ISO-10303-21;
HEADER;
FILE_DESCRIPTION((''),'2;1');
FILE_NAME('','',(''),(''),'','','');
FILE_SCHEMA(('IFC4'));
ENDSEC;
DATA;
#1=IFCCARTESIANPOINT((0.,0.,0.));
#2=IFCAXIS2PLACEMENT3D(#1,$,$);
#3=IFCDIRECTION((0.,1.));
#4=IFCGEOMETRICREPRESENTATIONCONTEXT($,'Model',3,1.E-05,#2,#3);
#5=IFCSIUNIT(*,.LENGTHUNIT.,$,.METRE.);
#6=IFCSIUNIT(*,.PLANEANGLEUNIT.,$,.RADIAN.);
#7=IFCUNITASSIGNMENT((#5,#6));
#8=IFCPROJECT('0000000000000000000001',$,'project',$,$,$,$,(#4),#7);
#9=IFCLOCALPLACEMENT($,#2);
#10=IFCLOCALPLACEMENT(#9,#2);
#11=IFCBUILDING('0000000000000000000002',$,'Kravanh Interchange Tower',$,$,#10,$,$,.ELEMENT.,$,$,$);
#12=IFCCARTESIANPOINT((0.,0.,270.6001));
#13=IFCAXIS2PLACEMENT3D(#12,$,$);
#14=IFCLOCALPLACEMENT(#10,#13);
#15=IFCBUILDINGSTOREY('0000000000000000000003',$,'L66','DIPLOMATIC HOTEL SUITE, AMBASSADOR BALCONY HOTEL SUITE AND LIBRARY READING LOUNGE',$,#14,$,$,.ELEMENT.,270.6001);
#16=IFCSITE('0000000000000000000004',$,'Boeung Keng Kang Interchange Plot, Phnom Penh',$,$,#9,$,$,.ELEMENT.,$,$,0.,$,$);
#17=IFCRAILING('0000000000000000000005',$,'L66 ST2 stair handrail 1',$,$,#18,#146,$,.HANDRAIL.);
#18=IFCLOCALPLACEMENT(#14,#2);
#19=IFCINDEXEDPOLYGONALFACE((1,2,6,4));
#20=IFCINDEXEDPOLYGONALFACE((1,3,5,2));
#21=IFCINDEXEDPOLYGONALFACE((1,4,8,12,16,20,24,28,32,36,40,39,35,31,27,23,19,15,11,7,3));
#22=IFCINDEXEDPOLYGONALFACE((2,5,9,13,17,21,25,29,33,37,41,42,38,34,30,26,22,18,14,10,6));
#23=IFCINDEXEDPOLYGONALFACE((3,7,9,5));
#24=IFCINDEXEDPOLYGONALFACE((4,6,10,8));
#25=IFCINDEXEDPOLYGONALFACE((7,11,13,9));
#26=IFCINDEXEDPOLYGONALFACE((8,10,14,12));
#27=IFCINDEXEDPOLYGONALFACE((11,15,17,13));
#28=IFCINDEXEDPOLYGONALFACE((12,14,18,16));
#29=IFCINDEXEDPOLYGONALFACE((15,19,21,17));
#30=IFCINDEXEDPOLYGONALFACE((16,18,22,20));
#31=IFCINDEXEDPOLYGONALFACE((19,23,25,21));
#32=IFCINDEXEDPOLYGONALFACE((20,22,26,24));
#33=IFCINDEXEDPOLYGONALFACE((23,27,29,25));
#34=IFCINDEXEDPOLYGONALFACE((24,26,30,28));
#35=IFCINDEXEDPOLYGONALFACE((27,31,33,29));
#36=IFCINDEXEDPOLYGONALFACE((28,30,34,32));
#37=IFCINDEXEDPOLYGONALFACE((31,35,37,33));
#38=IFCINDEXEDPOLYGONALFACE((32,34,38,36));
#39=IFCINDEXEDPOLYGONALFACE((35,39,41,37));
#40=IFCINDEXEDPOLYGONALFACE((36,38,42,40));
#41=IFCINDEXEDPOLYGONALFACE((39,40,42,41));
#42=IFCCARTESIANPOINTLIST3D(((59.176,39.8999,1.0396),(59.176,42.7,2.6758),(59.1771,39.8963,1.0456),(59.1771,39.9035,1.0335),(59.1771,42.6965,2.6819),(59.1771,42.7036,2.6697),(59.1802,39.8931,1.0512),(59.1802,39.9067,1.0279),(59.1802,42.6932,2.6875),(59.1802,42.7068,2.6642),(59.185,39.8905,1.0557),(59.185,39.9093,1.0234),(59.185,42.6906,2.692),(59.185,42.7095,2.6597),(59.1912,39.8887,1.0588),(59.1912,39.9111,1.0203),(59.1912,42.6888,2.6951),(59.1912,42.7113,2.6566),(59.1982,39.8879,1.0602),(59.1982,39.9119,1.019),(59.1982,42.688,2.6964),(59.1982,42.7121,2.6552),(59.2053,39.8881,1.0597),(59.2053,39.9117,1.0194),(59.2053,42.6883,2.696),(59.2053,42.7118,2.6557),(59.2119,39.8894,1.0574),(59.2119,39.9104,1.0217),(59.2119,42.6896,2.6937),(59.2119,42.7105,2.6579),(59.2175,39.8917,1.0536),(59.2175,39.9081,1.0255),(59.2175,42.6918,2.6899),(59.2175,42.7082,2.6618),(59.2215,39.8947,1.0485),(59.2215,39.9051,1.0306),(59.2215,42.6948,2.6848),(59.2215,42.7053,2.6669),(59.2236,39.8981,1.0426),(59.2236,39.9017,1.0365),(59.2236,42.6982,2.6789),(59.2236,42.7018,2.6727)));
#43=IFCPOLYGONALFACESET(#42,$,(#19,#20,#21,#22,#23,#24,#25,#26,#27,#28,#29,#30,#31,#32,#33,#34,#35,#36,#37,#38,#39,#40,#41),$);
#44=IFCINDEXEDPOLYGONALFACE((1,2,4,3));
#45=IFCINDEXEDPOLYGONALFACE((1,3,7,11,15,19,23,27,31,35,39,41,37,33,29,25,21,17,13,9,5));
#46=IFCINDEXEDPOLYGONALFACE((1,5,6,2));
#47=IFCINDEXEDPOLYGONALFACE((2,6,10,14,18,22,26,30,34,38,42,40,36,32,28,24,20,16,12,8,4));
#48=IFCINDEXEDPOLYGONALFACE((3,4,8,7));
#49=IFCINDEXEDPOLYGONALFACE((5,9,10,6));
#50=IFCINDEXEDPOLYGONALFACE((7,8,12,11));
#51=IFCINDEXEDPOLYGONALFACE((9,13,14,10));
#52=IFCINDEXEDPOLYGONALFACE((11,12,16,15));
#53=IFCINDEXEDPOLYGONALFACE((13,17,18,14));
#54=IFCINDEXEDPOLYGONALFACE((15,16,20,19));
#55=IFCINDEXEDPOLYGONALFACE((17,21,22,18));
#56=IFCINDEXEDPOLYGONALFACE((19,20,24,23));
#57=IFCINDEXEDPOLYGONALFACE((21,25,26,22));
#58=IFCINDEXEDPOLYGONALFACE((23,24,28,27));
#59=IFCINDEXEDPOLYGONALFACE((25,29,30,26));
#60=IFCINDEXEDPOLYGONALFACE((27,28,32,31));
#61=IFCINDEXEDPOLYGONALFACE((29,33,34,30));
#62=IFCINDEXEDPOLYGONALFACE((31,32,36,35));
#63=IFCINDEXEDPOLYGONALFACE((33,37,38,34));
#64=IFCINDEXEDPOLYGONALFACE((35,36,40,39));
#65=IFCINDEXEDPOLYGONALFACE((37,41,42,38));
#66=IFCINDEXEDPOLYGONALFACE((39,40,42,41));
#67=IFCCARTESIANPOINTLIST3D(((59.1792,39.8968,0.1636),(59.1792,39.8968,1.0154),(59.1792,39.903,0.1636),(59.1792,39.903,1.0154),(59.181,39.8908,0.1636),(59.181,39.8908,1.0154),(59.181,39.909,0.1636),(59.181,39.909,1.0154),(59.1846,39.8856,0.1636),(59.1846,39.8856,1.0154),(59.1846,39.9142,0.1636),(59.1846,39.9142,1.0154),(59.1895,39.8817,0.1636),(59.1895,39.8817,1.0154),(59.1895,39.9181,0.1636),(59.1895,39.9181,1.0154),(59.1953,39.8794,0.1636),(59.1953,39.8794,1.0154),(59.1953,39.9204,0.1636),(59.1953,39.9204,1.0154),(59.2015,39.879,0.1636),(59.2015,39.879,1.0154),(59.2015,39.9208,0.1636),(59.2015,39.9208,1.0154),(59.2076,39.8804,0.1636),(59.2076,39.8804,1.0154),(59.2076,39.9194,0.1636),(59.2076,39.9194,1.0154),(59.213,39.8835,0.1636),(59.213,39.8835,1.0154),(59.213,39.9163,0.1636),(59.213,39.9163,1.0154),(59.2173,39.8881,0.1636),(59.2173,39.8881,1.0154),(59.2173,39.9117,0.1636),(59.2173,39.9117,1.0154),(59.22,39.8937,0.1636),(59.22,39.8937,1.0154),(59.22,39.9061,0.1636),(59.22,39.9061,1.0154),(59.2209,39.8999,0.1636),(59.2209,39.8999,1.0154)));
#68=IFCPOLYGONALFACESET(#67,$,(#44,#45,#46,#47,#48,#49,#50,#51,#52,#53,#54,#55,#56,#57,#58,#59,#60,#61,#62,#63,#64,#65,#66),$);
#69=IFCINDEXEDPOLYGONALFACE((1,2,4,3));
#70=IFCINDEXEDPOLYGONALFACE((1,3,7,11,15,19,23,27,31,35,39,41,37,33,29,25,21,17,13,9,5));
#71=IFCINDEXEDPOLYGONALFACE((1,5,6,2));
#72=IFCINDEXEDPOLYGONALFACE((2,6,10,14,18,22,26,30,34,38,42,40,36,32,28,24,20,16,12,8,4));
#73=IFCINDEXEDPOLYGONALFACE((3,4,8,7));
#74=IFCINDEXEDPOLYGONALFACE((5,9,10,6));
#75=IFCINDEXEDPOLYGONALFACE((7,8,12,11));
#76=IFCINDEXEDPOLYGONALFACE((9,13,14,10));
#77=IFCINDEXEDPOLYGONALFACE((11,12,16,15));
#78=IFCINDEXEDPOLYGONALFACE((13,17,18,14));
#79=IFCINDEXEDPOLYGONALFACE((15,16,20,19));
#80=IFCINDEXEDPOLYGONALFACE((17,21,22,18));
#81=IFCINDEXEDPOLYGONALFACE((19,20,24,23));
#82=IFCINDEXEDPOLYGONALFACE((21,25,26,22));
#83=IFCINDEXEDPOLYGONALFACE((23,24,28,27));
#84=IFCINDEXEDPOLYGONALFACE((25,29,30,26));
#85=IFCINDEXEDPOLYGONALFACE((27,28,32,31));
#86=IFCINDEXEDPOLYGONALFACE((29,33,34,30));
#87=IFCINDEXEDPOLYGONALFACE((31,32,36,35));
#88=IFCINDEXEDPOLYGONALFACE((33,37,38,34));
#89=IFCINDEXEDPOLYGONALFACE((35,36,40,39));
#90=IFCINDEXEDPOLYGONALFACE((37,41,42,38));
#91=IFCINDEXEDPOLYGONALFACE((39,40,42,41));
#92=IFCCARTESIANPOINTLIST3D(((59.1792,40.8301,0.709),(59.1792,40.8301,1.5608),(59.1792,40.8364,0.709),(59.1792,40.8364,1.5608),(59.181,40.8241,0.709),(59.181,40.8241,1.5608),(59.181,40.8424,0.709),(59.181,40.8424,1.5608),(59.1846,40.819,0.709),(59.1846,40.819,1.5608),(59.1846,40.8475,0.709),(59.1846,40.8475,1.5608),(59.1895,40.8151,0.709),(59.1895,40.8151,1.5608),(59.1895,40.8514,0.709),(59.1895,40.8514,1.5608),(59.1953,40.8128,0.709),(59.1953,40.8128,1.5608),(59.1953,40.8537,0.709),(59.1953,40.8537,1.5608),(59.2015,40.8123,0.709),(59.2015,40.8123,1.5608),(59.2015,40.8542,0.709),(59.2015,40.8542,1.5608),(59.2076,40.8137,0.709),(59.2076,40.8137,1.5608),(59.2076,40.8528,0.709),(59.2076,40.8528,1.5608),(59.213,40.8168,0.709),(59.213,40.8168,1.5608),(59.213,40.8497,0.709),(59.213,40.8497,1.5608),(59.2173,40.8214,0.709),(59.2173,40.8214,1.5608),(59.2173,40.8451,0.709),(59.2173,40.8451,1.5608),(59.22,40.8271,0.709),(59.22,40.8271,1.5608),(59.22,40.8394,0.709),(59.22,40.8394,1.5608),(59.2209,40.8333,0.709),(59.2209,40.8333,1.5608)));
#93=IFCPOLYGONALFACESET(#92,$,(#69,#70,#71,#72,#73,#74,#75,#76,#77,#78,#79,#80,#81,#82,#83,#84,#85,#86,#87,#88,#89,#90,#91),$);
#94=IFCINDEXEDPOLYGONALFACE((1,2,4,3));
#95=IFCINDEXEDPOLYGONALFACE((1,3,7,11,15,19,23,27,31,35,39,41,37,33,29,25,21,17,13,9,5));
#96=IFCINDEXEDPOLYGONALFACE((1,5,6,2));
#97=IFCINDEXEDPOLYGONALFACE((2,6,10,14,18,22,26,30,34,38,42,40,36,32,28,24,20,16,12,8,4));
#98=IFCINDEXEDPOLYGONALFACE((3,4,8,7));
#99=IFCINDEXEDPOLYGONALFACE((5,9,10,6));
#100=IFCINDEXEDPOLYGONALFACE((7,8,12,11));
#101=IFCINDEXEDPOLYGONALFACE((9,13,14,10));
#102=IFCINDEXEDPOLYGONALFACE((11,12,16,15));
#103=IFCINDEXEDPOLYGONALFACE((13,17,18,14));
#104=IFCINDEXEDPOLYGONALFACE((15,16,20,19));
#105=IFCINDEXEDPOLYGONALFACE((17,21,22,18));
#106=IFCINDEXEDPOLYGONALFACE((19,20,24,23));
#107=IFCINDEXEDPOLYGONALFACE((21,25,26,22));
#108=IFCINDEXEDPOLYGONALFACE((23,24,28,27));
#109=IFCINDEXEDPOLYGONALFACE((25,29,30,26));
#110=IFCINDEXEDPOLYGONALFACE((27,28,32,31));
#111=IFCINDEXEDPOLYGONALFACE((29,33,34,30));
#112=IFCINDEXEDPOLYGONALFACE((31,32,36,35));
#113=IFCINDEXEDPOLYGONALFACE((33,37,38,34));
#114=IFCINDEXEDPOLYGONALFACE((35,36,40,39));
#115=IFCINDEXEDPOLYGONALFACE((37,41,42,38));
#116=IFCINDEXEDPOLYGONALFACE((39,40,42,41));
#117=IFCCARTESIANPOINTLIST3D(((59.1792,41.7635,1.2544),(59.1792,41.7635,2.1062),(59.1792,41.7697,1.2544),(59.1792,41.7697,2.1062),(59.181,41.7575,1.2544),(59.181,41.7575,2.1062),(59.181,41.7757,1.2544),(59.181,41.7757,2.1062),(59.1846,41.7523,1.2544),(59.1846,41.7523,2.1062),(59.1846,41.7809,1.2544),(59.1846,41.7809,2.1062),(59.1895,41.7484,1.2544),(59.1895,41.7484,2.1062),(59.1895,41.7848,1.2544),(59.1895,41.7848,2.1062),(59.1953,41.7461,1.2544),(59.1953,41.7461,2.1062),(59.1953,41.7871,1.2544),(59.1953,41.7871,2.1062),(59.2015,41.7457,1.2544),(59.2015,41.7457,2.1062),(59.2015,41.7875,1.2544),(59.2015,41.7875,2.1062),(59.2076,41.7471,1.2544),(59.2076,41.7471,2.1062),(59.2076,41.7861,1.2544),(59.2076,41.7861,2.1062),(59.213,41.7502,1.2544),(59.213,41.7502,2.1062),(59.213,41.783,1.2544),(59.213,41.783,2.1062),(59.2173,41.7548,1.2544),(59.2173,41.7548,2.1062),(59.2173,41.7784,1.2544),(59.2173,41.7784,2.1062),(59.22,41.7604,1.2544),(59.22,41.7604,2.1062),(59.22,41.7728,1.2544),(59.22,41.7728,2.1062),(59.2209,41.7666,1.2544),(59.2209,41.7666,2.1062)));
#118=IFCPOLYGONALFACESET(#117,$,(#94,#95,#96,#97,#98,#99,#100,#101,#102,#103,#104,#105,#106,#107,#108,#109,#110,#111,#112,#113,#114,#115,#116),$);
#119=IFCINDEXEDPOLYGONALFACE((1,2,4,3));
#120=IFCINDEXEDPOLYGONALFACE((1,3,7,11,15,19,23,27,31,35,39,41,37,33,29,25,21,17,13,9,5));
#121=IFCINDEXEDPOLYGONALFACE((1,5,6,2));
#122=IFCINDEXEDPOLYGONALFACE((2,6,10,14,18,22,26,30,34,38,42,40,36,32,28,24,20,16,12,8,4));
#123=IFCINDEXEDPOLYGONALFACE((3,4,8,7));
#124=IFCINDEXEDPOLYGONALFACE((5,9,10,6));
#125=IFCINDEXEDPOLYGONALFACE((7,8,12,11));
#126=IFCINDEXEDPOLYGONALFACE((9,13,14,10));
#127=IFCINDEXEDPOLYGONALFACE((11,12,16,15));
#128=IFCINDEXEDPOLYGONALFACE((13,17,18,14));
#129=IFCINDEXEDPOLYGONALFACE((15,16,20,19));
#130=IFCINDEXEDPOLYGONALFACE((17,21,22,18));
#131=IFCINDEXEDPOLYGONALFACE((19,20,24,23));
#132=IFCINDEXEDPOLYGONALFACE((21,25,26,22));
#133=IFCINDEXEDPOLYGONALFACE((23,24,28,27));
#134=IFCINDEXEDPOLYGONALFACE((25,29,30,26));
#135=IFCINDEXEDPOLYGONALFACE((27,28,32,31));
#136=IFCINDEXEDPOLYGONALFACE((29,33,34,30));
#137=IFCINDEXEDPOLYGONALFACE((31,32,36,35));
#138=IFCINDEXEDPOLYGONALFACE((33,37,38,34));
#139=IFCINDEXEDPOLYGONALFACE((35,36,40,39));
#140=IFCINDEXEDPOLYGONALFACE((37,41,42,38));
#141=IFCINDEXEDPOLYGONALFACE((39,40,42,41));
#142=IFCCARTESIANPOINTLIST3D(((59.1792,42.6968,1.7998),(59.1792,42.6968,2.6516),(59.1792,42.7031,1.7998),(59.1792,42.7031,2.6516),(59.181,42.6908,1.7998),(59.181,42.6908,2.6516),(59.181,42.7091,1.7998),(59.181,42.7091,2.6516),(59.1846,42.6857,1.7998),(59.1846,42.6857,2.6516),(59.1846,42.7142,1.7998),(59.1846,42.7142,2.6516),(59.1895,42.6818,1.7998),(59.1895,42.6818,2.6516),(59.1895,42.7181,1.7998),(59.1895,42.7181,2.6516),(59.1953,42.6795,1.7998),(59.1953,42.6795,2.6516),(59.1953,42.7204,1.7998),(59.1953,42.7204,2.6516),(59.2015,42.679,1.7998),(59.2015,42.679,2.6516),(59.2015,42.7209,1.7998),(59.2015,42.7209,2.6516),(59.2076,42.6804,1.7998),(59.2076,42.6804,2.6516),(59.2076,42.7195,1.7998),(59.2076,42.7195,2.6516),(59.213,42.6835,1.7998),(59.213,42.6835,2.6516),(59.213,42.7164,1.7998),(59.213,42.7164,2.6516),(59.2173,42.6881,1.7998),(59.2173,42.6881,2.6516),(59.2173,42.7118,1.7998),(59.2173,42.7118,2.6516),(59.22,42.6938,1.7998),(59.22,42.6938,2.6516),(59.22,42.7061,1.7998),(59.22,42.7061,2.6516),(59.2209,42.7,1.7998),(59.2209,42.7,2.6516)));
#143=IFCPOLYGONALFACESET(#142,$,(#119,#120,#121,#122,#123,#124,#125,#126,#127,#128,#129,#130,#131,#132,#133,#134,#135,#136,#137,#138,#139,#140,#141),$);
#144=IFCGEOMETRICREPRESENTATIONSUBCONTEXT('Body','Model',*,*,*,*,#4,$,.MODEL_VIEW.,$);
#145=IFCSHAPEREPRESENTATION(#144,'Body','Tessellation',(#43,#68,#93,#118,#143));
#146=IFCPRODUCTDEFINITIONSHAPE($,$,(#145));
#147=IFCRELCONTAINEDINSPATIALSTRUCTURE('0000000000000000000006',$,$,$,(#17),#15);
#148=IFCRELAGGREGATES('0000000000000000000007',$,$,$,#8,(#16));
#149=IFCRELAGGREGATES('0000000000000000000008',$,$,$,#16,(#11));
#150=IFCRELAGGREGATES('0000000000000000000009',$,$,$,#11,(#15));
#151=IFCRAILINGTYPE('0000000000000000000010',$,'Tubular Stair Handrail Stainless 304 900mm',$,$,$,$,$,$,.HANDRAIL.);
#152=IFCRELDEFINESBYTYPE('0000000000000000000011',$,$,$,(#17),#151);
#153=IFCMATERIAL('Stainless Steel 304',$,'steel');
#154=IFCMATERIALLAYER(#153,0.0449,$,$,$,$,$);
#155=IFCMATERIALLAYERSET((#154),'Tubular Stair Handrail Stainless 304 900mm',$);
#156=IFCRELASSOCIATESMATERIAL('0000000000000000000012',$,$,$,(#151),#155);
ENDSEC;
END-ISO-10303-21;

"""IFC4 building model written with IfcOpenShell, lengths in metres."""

from ifc_helpers import new_model, si_unit, direction, frame, origin, origin_2d, place, context, subcontext, project, spatial, circle, extrude, material, layer, layer_set, type_object, element, save


model = new_model("IFC4")

# Units and contexts
model_context = context("Model", 3, precision=1e-05, world=origin(), true_north=direction((0.0, 1.0)))
body_context = subcontext(model_context, "Body", "Model", "MODEL_VIEW")
ifc_project = project(units=[si_unit("LENGTHUNIT", "METRE"), si_unit("PLANEANGLEUNIT", "RADIAN")], contexts=[model_context])

# Site, building, storey
site_placement = place(None, origin())
site = spatial("IfcSite", under=ifc_project, at=site_placement, Name="Boeung Keng Kang Interchange Plot, Phnom Penh", CompositionType="ELEMENT", RefElevation=0.0)
building_placement = place(site_placement, origin())
building = spatial("IfcBuilding", under=site, at=building_placement, Name="Kravanh Interchange Tower", CompositionType="ELEMENT")
storey_placement = place(building_placement, frame((0.0, 0.0, 270.6001)))
storey = spatial("IfcBuildingStorey", under=building, at=storey_placement, Name="L66", Description="DIPLOMATIC HOTEL SUITE, AMBASSADOR BALCONY HOTEL SUITE AND LIBRARY READING LOUNGE", CompositionType="ELEMENT", Elevation=270.6001)

# Railing
ifc_material_1 = material(Name="Stainless Steel 304", Category="steel")
ifc_layer_1 = layer(ifc_material_1, 0.0449)
ifc_layer_set_1 = layer_set([ifc_layer_1], Name="Tubular Stair Handrail Stainless 304 900mm")
railing_type_1 = type_object("IfcRailingType", Name="Tubular Stair Handrail Stainless 304 900mm", PredefinedType="HANDRAIL", material=ifc_layer_set_1)
railing_1_placement = place(storey_placement, frame((59.2, 39.8999, 0.1636)))
element("IfcRailing", 1, at=railing_1_placement, inside=storey, type_object=railing_type_1, Name="L66 ST2 stair handrail 1", PredefinedType="HANDRAIL", context=body_context, shape_type="SweptSolid", body=[
    extrude(circle(Radius=0.0239, at=origin_2d()), frame((0.0, 0.0, 0.876), z_axis=(0.0, 0.863394, 0.504531), x_axis=(-1.0, 0.0, 0.0)), (0.0, 0.0, 1.0), 3.2432),
    extrude(circle(Radius=0.021, at=origin_2d()), origin(), (0.0, 0.0, 1.0), 0.8518),
    extrude(circle(Radius=0.021, at=origin_2d()), frame((0.0, 0.9333, 0.5454)), (0.0, 0.0, 1.0), 0.8518),
    extrude(circle(Radius=0.021, at=origin_2d()), frame((0.0, 1.8667, 1.0908)), (0.0, 0.0, 1.0), 0.8518),
    extrude(circle(Radius=0.021, at=origin_2d()), frame((0.0, 2.8, 1.6362)), (0.0, 0.0, 1.0), 0.8518),
])

save(model, "model.ifc")
